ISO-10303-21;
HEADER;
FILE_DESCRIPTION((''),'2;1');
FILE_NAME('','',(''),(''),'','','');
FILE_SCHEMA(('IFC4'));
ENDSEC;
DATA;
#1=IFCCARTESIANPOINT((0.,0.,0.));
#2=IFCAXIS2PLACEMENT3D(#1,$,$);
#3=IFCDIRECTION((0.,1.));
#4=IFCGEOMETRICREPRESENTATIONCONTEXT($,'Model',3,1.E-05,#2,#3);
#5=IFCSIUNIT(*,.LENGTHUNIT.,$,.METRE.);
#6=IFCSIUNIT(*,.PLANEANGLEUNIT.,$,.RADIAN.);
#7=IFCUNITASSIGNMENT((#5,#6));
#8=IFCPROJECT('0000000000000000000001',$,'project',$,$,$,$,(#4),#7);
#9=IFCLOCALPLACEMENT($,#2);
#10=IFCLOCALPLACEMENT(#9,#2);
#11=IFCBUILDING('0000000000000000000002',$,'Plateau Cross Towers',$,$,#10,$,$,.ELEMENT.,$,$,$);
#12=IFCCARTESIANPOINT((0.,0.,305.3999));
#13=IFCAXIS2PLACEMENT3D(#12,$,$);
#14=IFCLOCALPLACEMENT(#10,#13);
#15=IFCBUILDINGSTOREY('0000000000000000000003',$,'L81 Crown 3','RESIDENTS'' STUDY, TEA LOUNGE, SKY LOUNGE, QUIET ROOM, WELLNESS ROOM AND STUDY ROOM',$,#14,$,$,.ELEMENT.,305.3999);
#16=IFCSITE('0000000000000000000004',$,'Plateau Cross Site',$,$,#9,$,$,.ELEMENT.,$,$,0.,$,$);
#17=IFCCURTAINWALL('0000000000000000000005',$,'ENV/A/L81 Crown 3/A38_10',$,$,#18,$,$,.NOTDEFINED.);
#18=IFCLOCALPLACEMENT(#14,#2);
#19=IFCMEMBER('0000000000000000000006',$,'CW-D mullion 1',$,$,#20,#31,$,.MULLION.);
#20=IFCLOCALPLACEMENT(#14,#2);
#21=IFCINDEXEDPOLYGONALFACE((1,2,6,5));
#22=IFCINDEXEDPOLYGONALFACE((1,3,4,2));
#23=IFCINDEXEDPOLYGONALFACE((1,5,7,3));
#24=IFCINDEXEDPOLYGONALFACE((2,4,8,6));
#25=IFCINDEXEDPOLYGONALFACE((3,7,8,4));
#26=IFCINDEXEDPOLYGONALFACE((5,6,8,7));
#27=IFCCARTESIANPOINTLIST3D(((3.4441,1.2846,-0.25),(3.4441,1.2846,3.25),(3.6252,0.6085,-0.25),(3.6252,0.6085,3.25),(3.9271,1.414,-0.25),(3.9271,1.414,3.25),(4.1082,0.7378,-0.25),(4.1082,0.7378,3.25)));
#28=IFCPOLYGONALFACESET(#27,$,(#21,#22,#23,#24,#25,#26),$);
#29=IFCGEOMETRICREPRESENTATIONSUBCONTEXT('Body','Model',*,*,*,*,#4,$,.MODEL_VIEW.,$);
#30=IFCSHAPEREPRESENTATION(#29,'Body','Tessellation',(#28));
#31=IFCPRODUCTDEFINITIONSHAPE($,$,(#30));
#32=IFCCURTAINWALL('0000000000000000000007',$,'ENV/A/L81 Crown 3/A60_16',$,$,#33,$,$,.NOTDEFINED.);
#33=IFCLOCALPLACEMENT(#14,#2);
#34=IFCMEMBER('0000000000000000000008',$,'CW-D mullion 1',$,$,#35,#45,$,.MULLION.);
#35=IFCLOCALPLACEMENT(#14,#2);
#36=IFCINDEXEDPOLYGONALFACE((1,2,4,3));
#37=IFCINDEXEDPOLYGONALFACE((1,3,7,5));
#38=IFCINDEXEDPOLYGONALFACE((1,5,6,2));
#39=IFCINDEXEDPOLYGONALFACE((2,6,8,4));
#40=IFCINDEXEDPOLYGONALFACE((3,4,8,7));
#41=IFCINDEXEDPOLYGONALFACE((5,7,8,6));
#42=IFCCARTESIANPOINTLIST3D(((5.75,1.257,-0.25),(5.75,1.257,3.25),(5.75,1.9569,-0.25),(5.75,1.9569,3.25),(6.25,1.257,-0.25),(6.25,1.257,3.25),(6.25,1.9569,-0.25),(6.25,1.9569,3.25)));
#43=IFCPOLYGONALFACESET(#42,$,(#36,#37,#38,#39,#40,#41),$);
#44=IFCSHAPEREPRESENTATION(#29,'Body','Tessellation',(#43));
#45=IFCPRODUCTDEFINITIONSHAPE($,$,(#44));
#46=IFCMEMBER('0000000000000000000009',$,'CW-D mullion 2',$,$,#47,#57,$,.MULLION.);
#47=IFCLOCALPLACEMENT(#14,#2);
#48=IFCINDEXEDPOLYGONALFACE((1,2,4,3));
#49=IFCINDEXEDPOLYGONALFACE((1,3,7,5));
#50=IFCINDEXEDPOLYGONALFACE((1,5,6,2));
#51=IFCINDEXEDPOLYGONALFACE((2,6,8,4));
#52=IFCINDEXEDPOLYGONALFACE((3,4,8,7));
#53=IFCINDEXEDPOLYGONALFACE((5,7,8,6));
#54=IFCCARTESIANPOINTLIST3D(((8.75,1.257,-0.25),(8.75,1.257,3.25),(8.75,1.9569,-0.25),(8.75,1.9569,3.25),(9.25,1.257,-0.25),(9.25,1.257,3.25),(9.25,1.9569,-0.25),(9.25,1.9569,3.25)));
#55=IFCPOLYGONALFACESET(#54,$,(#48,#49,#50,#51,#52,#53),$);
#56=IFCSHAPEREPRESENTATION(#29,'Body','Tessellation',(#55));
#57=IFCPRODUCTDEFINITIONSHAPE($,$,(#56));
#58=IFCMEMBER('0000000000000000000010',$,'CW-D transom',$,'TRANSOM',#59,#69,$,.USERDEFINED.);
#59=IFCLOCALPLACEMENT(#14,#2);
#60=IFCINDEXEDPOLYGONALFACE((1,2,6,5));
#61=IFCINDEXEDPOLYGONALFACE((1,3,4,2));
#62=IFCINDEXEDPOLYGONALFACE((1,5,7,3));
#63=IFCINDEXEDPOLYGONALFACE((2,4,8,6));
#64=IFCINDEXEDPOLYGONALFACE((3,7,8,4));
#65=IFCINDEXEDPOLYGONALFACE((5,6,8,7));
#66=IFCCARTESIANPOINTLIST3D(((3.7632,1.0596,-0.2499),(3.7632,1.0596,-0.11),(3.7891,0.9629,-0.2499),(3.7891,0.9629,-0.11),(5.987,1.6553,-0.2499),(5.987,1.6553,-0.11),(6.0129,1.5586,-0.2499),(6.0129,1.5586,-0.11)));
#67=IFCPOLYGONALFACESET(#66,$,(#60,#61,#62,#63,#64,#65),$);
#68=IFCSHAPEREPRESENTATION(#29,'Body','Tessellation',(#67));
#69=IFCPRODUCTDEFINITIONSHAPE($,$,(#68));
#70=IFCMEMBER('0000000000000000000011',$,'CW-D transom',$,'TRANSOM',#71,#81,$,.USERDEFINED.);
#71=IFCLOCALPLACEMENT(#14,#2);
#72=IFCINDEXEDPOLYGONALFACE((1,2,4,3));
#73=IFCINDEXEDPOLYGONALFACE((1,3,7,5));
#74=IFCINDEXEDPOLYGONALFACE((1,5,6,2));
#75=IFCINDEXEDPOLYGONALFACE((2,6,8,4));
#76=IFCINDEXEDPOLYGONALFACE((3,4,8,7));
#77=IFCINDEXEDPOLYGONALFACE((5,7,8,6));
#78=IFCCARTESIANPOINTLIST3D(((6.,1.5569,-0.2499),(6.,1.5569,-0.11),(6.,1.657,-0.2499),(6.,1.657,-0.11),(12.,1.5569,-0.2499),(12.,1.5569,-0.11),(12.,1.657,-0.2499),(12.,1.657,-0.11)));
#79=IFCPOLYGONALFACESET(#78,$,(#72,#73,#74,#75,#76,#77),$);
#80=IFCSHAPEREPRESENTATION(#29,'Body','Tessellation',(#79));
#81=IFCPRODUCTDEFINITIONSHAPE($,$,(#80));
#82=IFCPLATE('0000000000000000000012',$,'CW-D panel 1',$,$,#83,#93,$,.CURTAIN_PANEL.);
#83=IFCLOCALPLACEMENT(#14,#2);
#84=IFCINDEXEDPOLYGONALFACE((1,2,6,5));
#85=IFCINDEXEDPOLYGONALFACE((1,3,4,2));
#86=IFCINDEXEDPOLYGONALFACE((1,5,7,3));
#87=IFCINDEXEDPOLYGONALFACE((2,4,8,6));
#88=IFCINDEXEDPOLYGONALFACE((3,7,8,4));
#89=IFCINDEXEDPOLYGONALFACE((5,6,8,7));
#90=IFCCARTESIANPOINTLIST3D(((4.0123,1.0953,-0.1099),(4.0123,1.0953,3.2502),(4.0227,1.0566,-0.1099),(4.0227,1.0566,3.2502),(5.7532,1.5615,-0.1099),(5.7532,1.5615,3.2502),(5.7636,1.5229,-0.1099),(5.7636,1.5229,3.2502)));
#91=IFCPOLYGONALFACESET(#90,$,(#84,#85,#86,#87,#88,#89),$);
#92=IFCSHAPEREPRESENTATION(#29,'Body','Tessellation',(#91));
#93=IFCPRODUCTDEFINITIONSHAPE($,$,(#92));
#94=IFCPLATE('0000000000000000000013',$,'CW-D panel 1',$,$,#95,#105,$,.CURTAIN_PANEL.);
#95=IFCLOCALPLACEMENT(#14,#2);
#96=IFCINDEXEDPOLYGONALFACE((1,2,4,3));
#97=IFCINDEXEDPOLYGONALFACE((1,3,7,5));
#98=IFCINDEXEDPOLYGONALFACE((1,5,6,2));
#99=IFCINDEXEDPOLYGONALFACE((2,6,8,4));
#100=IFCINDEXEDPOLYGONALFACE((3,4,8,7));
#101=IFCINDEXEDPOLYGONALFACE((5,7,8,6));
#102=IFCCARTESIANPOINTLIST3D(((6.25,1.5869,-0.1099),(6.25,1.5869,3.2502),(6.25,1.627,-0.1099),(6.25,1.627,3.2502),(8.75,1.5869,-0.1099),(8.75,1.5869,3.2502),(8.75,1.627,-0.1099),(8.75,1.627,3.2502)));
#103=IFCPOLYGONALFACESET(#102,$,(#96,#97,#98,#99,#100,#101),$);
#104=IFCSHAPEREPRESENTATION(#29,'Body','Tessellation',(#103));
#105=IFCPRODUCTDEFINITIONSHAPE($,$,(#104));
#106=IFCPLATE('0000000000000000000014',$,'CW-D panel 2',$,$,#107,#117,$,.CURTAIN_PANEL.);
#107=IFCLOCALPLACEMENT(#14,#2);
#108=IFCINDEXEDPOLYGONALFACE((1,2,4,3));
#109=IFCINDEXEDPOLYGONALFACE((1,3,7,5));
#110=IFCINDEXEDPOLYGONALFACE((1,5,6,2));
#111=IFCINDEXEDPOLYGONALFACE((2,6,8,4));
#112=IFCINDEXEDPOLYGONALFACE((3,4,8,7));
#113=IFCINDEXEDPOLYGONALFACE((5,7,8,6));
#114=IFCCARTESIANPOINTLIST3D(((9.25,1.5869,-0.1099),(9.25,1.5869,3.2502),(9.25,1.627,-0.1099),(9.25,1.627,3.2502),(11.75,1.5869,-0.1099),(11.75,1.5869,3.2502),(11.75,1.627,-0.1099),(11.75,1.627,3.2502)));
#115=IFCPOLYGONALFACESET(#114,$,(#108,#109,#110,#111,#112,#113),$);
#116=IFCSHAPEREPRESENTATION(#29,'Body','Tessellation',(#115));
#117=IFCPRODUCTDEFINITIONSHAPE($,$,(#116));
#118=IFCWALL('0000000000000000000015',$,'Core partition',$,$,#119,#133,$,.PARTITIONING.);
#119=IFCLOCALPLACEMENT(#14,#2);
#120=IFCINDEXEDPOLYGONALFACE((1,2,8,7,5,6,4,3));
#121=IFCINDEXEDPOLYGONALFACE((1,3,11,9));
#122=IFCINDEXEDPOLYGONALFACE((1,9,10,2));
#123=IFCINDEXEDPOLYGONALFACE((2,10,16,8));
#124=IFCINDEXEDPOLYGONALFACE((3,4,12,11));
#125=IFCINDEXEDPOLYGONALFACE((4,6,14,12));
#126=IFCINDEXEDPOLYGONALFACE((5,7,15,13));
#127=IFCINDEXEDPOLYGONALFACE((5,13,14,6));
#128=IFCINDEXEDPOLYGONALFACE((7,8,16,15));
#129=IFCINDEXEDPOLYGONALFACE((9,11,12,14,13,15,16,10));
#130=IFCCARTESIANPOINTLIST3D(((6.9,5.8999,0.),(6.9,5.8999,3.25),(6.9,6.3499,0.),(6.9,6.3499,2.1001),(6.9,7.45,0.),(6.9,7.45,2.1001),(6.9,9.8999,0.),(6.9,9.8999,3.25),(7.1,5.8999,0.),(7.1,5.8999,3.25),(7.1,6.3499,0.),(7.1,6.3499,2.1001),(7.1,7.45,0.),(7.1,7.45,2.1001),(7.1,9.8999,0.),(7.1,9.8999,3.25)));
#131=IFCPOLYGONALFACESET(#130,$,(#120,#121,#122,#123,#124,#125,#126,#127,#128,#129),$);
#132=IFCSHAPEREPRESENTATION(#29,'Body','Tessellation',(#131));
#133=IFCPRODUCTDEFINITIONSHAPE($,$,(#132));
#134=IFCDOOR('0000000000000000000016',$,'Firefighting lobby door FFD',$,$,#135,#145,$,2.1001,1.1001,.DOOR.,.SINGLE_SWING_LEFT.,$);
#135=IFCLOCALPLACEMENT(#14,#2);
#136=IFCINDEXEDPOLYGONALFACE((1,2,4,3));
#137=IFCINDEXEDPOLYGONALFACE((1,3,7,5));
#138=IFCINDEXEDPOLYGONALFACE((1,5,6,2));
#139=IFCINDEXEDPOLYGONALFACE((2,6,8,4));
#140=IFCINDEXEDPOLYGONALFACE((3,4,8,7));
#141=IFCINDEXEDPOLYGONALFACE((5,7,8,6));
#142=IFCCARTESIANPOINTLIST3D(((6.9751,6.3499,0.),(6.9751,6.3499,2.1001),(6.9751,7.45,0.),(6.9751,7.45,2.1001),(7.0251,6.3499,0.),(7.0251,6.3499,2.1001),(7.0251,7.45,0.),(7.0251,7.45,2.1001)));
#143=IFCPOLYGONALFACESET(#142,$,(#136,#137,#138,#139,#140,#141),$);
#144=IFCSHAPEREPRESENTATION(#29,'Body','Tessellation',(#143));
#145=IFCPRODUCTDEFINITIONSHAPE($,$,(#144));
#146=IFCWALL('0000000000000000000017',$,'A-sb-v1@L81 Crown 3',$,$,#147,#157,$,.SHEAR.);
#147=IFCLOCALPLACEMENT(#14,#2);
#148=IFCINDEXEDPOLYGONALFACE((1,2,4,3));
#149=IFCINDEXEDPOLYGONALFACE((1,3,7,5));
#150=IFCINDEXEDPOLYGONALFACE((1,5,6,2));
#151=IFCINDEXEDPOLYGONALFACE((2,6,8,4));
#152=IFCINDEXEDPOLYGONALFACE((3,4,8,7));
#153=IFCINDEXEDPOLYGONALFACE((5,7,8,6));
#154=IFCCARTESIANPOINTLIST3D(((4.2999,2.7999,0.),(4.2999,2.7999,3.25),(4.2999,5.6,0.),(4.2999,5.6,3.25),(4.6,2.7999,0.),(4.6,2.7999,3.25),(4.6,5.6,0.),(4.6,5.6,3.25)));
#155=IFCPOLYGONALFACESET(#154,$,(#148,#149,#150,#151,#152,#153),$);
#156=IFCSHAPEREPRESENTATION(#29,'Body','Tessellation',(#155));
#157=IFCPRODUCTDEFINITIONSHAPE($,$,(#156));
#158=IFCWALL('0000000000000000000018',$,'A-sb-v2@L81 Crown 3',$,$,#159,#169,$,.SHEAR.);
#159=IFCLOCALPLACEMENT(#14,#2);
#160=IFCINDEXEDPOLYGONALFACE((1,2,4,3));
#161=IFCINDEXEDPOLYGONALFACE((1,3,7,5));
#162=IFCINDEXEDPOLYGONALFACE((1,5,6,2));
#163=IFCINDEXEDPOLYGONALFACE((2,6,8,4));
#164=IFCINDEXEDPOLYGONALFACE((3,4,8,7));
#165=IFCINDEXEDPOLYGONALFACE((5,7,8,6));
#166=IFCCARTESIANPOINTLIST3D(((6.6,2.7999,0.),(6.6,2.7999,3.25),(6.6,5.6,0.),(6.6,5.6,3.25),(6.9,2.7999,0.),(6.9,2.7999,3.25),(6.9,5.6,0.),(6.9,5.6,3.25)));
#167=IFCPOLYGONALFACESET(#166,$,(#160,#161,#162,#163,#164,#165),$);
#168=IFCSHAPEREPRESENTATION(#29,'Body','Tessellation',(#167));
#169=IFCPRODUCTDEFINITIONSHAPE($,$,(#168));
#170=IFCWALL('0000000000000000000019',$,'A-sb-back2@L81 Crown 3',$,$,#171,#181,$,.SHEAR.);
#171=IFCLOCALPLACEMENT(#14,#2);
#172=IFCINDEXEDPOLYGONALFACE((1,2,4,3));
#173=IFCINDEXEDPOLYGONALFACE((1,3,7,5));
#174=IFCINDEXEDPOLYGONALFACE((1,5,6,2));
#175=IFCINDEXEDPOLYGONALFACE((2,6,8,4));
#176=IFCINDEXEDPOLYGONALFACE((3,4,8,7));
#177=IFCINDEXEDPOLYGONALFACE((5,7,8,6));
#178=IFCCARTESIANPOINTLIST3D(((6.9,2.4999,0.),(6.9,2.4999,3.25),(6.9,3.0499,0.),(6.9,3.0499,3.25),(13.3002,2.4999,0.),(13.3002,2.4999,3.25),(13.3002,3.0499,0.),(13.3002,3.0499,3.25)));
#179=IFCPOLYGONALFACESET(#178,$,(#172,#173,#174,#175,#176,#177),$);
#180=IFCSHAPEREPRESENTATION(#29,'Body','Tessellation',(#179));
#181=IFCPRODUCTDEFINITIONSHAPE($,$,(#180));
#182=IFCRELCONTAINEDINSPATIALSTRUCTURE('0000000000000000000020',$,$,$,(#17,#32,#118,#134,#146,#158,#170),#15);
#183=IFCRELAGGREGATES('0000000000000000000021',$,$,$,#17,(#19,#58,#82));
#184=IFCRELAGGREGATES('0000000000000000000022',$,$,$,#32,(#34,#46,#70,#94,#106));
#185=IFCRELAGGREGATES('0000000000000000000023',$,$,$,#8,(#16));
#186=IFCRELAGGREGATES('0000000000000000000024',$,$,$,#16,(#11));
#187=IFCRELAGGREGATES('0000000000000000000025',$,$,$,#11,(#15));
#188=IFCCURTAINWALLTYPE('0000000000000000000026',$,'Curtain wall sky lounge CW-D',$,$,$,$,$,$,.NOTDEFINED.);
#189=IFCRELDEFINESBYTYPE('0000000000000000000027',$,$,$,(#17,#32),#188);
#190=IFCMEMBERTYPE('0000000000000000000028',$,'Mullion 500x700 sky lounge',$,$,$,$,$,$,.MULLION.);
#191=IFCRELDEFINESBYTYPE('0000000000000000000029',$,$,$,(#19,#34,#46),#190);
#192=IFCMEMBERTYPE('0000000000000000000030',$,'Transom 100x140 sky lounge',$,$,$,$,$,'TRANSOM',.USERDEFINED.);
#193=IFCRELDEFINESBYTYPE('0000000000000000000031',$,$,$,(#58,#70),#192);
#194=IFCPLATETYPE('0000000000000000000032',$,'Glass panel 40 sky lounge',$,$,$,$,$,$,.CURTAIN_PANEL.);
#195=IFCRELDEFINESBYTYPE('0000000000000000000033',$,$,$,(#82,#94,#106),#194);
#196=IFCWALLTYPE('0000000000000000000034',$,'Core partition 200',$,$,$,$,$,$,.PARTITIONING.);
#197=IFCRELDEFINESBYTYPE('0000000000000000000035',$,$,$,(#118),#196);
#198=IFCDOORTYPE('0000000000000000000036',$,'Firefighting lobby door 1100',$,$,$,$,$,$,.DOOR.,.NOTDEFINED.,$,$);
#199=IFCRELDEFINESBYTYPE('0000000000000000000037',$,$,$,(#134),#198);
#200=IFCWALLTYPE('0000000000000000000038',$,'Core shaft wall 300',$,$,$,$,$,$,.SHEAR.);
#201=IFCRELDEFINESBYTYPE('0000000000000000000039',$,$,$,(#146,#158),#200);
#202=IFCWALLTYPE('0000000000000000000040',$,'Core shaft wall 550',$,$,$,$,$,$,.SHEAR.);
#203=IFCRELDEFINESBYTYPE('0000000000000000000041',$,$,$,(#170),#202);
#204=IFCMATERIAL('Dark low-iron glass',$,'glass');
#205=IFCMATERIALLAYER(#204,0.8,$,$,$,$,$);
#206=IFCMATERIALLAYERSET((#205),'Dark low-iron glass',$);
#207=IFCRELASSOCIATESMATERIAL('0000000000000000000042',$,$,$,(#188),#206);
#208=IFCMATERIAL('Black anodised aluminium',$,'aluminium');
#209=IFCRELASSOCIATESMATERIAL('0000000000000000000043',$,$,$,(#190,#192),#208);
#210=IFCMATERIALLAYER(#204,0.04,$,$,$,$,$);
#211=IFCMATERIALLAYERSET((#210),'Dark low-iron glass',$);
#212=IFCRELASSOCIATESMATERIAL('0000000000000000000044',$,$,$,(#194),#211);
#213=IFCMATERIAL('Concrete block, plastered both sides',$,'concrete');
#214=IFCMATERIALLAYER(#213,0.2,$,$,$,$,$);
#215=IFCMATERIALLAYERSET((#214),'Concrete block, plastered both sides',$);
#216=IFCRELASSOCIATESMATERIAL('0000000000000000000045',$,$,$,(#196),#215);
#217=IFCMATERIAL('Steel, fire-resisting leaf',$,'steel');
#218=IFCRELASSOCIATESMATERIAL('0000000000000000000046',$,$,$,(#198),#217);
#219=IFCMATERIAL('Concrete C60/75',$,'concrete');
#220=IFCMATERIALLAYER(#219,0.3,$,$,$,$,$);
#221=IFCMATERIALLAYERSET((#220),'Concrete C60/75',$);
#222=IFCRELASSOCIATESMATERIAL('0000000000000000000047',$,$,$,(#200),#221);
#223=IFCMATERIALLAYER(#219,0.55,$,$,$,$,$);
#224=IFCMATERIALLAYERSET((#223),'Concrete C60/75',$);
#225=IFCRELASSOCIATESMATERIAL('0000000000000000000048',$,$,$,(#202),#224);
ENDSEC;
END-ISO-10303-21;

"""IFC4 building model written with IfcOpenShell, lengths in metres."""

from ifc_helpers import new_model, si_unit, direction, frame, frame_2d, origin, origin_2d, place, context, subcontext, project, spatial, rectangle, extrude, material, layer, layer_set, material_profile, profile_set, type_object, element, fill, aggregate, save


model = new_model("IFC4")

# Units and contexts
model_context = context("Model", 3, precision=1e-05, world=origin(), true_north=direction((0.0, 1.0)))
body_context = subcontext(model_context, "Body", "Model", "MODEL_VIEW")
ifc_project = project(units=[si_unit("LENGTHUNIT", "METRE"), si_unit("PLANEANGLEUNIT", "RADIAN")], contexts=[model_context])

# Site, building, storey
site_placement = place(None, origin())
site = spatial("IfcSite", under=ifc_project, at=site_placement, Name="Plateau Cross Site", CompositionType="ELEMENT", RefElevation=0.0)
building_placement = place(site_placement, origin())
building = spatial("IfcBuilding", under=site, at=building_placement, Name="Plateau Cross Towers", CompositionType="ELEMENT")
storey_placement = place(building_placement, frame((0.0, 0.0, 305.3999)))
storey = spatial("IfcBuildingStorey", under=building, at=storey_placement, Name="L81 Crown 3", Description="RESIDENTS' STUDY, TEA LOUNGE, SKY LOUNGE, QUIET ROOM, WELLNESS ROOM AND STUDY ROOM", CompositionType="ELEMENT", Elevation=305.3999)

# Curtain wall, member
ifc_material_1 = material(Name="Dark low-iron glass", Category="glass")
ifc_layer_1 = layer(ifc_material_1, 0.8)
ifc_layer_set_1 = layer_set([ifc_layer_1], Name="Dark low-iron glass")
curtain_wall_type = type_object("IfcCurtainWallType", Name="Curtain wall sky lounge CW-D", PredefinedType="NOTDEFINED", material=ifc_layer_set_1)
curtain_wall_1_placement = place(storey_placement, origin())
curtain_wall_1 = element("IfcCurtainWall", 1, at=curtain_wall_1_placement, inside=storey, type_object=curtain_wall_type, Name="ENV/A/L81 Crown 3/A38_10", PredefinedType="NOTDEFINED")
ifc_material_2 = material(Name="Black anodised aluminium", Category="aluminium")
ifc_material_profile_1 = material_profile(ifc_material_2, rectangle(XDim=0.5, YDim=0.7, at=origin_2d()), Name="MULLION 500x700")
ifc_profile_set_1 = profile_set([ifc_material_profile_1], Name="Black anodised aluminium")
member_type_1 = type_object("IfcMemberType", Name="Mullion 500x700 sky lounge", PredefinedType="MULLION", material=ifc_profile_set_1)
member_1_placement = place(storey_placement, frame((3.7761, 1.0112, -0.25), z_axis=(0.0, 0.0, 1.0), x_axis=(0.965958, 0.258699, 0.0)))
member_1 = element("IfcMember", 2, at=member_1_placement, type_object=member_type_1, Name="CW-D mullion 1", PredefinedType="MULLION", context=body_context, shape_type="SweptSolid", body=[
    extrude(rectangle(XDim=0.5, YDim=0.7, at=origin_2d()), origin(), (0.0, 0.0, 1.0), 3.5),
])

# Curtain wall, members
curtain_wall_2_placement = place(storey_placement, origin())
curtain_wall_2 = element("IfcCurtainWall", 3, at=curtain_wall_2_placement, inside=storey, type_object=curtain_wall_type, Name="ENV/A/L81 Crown 3/A60_16", PredefinedType="NOTDEFINED")
member_2_placement = place(storey_placement, frame((6.0, 1.6069, -0.25), z_axis=(0.0, 0.0, 1.0), x_axis=(1.0, 0.0, 0.0)))
member_2 = element("IfcMember", 4, at=member_2_placement, type_object=member_type_1, Name="CW-D mullion 1", PredefinedType="MULLION", context=body_context, shape_type="SweptSolid", body=[
    extrude(rectangle(XDim=0.5, YDim=0.7, at=origin_2d()), origin(), (0.0, 0.0, 1.0), 3.5),
])
member_3_placement = place(storey_placement, frame((9.0, 1.6069, -0.25), z_axis=(0.0, 0.0, 1.0), x_axis=(1.0, 0.0, 0.0)))
member_3 = element("IfcMember", 5, at=member_3_placement, type_object=member_type_1, Name="CW-D mullion 2", PredefinedType="MULLION", context=body_context, shape_type="SweptSolid", body=[
    extrude(rectangle(XDim=0.5, YDim=0.7, at=origin_2d()), origin(), (0.0, 0.0, 1.0), 3.5),
])

# Members
ifc_material_profile_2 = material_profile(ifc_material_2, rectangle(XDim=0.1001, YDim=0.1399, at=origin_2d()), Name="TRANSOM 100x140")
ifc_profile_set_2 = profile_set([ifc_material_profile_2], Name="Black anodised aluminium")
member_type_2 = type_object("IfcMemberType", Name="Transom 100x140 sky lounge", ElementType="TRANSOM", PredefinedType="USERDEFINED", material=ifc_profile_set_2)
member_4_placement = place(storey_placement, frame((3.7761, 1.0112, -0.1799), z_axis=(0.965946, 0.258745, 0.0), x_axis=(-0.258745, 0.965946, 0.0)))
member_4 = element("IfcMember", 6, at=member_4_placement, type_object=member_type_2, Name="CW-D transom", ObjectType="TRANSOM", PredefinedType="USERDEFINED", context=body_context, shape_type="SweptSolid", body=[
    extrude(rectangle(XDim=0.1001, YDim=0.1399, at=origin_2d()), origin(), (0.0, 0.0, 1.0), 2.3022),
])
member_5_placement = place(storey_placement, frame((6.0, 1.6069, -0.1799), z_axis=(1.0, 0.0, 0.0), x_axis=(0.0, 1.0, 0.0)))
member_5 = element("IfcMember", 7, at=member_5_placement, type_object=member_type_2, Name="CW-D transom", ObjectType="TRANSOM", PredefinedType="USERDEFINED", context=body_context, shape_type="SweptSolid", body=[
    extrude(rectangle(XDim=0.1001, YDim=0.1399, at=origin_2d()), origin(), (0.0, 0.0, 1.0), 6.0),
])

# Plates
ifc_layer_2 = layer(ifc_material_1, 0.04)
ifc_layer_set_2 = layer_set([ifc_layer_2], Name="Dark low-iron glass")
plate_type = type_object("IfcPlateType", Name="Glass panel 40 sky lounge", PredefinedType="CURTAIN_PANEL", material=ifc_layer_set_2)
plate_1_placement = place(storey_placement, frame((4.8879, 1.3091, -0.1099), z_axis=(0.0, 0.0, 1.0), x_axis=(0.965958, 0.258699, 0.0)))
plate_1 = element("IfcPlate", 8, at=plate_1_placement, type_object=plate_type, Name="CW-D panel 1", PredefinedType="CURTAIN_PANEL", context=body_context, shape_type="SweptSolid", body=[
    extrude(rectangle(XDim=1.8022, YDim=0.04, at=origin_2d()), origin(), (0.0, 0.0, 1.0), 3.3601),
])
aggregate(curtain_wall_1, [member_1, member_4, plate_1])
plate_2_placement = place(storey_placement, frame((7.5, 1.6069, -0.1099), z_axis=(0.0, 0.0, 1.0), x_axis=(1.0, 0.0, 0.0)))
plate_2 = element("IfcPlate", 9, at=plate_2_placement, type_object=plate_type, Name="CW-D panel 1", PredefinedType="CURTAIN_PANEL", context=body_context, shape_type="SweptSolid", body=[
    extrude(rectangle(XDim=2.5, YDim=0.04, at=origin_2d()), origin(), (0.0, 0.0, 1.0), 3.3601),
])
plate_3_placement = place(storey_placement, frame((10.5, 1.6069, -0.1099), z_axis=(0.0, 0.0, 1.0), x_axis=(1.0, 0.0, 0.0)))
plate_3 = element("IfcPlate", 10, at=plate_3_placement, type_object=plate_type, Name="CW-D panel 2", PredefinedType="CURTAIN_PANEL", context=body_context, shape_type="SweptSolid", body=[
    extrude(rectangle(XDim=2.5, YDim=0.04, at=origin_2d()), origin(), (0.0, 0.0, 1.0), 3.3601),
])
aggregate(curtain_wall_2, [member_2, member_3, member_5, plate_2, plate_3])

# Wall, opening, door
ifc_material_3 = material(Name="Concrete block, plastered both sides", Category="concrete")
ifc_layer_3 = layer(ifc_material_3, 0.2)
ifc_layer_set_3 = layer_set([ifc_layer_3], Name="Concrete block, plastered both sides")
wall_type_1 = type_object("IfcWallType", Name="Core partition 200", PredefinedType="PARTITIONING", material=ifc_layer_set_3)
wall_1_placement = place(storey_placement, frame((7.0, 5.8999, 0.0), z_axis=(0.0, 0.0, 1.0), x_axis=(0.0, 1.0, 0.0)))
wall_1 = element("IfcWall", 11, at=wall_1_placement, inside=storey, type_object=wall_type_1, Name="Core partition", PredefinedType="PARTITIONING", context=body_context, shape_type="SweptSolid", body=[
    extrude(rectangle(XDim=4.0, YDim=0.2, at=frame_2d((2.0, 0.0))), origin(), (0.0, 0.0, 1.0), 3.25),
])
opening_placement = place(wall_1_placement, frame((0.45, 0.0, 0.0)))
opening = element("IfcOpeningElement", 12, at=opening_placement, cuts=wall_1, PredefinedType="OPENING", context=body_context, shape_type="SweptSolid", body=[
    extrude(rectangle(XDim=1.1001, YDim=2.1001, at=frame_2d((0.55, 1.05))), frame((0.0, 0.1099, 0.0), z_axis=(0.0, -1.0, 0.0), x_axis=(1.0, 0.0, 0.0)), (0.0, 0.0, 1.0), 0.22),
])
ifc_material_4 = material(Name="Steel, fire-resisting leaf", Category="steel")
door_type = type_object("IfcDoorType", Name="Firefighting lobby door 1100", OperationType="NOTDEFINED", PredefinedType="DOOR", material=ifc_material_4)
door_placement = place(opening_placement, origin())
door = element("IfcDoor", 13, at=door_placement, inside=storey, type_object=door_type, Name="Firefighting lobby door FFD", OperationType="SINGLE_SWING_LEFT", OverallHeight=2.1001, OverallWidth=1.1001, PredefinedType="DOOR", context=body_context, shape_type="SweptSolid", body=[
    extrude(rectangle(XDim=1.1001, YDim=2.1001, at=frame_2d((0.55, 1.05))), frame((0.0, 0.0249, 0.0), z_axis=(0.0, -1.0, 0.0), x_axis=(1.0, 0.0, 0.0)), (0.0, 0.0, 1.0), 0.05),
])
fill(opening, door)

# Walls
ifc_material_5 = material(Name="Concrete C60/75", Category="concrete")
ifc_layer_4 = layer(ifc_material_5, 0.3)
ifc_layer_set_4 = layer_set([ifc_layer_4], Name="Concrete C60/75")
wall_type_2 = type_object("IfcWallType", Name="Core shaft wall 300", PredefinedType="SHEAR", material=ifc_layer_set_4)
for number, where, z_axis, x_axis, name in (
    (14, (4.45, 2.8, 0.0), (0.0, 0.0, 1.0), (0.0, 1.0, 0.0), "A-sb-v1@L81 Crown 3"),
    (15, (6.75, 2.8, 0.0), (0.0, 0.0, 1.0), (0.0, 1.0, 0.0), "A-sb-v2@L81 Crown 3"),
):
    element("IfcWall", number, at=place(storey_placement, frame(where, z_axis=z_axis, x_axis=x_axis)), inside=storey, type_object=wall_type_2, Name=name, PredefinedType="SHEAR", context=body_context, shape_type="SweptSolid", body=[
        extrude(rectangle(XDim=2.8, YDim=0.3, at=frame_2d((1.3999, 0.0))), origin(), (0.0, 0.0, 1.0), 3.25),
    ])
ifc_layer_5 = layer(ifc_material_5, 0.55)
ifc_layer_set_5 = layer_set([ifc_layer_5], Name="Concrete C60/75")
wall_type_3 = type_object("IfcWallType", Name="Core shaft wall 550", PredefinedType="SHEAR", material=ifc_layer_set_5)
wall_2_placement = place(storey_placement, frame((6.8999, 2.7749, 0.0), z_axis=(0.0, 0.0, 1.0), x_axis=(1.0, 0.0, 0.0)))
element("IfcWall", 16, at=wall_2_placement, inside=storey, type_object=wall_type_3, Name="A-sb-back2@L81 Crown 3", PredefinedType="SHEAR", context=body_context, shape_type="SweptSolid", body=[
    extrude(rectangle(XDim=6.4001, YDim=0.55, at=frame_2d((3.2002, 0.0))), origin(), (0.0, 0.0, 1.0), 3.25),
])

save(model, "model.ifc")
